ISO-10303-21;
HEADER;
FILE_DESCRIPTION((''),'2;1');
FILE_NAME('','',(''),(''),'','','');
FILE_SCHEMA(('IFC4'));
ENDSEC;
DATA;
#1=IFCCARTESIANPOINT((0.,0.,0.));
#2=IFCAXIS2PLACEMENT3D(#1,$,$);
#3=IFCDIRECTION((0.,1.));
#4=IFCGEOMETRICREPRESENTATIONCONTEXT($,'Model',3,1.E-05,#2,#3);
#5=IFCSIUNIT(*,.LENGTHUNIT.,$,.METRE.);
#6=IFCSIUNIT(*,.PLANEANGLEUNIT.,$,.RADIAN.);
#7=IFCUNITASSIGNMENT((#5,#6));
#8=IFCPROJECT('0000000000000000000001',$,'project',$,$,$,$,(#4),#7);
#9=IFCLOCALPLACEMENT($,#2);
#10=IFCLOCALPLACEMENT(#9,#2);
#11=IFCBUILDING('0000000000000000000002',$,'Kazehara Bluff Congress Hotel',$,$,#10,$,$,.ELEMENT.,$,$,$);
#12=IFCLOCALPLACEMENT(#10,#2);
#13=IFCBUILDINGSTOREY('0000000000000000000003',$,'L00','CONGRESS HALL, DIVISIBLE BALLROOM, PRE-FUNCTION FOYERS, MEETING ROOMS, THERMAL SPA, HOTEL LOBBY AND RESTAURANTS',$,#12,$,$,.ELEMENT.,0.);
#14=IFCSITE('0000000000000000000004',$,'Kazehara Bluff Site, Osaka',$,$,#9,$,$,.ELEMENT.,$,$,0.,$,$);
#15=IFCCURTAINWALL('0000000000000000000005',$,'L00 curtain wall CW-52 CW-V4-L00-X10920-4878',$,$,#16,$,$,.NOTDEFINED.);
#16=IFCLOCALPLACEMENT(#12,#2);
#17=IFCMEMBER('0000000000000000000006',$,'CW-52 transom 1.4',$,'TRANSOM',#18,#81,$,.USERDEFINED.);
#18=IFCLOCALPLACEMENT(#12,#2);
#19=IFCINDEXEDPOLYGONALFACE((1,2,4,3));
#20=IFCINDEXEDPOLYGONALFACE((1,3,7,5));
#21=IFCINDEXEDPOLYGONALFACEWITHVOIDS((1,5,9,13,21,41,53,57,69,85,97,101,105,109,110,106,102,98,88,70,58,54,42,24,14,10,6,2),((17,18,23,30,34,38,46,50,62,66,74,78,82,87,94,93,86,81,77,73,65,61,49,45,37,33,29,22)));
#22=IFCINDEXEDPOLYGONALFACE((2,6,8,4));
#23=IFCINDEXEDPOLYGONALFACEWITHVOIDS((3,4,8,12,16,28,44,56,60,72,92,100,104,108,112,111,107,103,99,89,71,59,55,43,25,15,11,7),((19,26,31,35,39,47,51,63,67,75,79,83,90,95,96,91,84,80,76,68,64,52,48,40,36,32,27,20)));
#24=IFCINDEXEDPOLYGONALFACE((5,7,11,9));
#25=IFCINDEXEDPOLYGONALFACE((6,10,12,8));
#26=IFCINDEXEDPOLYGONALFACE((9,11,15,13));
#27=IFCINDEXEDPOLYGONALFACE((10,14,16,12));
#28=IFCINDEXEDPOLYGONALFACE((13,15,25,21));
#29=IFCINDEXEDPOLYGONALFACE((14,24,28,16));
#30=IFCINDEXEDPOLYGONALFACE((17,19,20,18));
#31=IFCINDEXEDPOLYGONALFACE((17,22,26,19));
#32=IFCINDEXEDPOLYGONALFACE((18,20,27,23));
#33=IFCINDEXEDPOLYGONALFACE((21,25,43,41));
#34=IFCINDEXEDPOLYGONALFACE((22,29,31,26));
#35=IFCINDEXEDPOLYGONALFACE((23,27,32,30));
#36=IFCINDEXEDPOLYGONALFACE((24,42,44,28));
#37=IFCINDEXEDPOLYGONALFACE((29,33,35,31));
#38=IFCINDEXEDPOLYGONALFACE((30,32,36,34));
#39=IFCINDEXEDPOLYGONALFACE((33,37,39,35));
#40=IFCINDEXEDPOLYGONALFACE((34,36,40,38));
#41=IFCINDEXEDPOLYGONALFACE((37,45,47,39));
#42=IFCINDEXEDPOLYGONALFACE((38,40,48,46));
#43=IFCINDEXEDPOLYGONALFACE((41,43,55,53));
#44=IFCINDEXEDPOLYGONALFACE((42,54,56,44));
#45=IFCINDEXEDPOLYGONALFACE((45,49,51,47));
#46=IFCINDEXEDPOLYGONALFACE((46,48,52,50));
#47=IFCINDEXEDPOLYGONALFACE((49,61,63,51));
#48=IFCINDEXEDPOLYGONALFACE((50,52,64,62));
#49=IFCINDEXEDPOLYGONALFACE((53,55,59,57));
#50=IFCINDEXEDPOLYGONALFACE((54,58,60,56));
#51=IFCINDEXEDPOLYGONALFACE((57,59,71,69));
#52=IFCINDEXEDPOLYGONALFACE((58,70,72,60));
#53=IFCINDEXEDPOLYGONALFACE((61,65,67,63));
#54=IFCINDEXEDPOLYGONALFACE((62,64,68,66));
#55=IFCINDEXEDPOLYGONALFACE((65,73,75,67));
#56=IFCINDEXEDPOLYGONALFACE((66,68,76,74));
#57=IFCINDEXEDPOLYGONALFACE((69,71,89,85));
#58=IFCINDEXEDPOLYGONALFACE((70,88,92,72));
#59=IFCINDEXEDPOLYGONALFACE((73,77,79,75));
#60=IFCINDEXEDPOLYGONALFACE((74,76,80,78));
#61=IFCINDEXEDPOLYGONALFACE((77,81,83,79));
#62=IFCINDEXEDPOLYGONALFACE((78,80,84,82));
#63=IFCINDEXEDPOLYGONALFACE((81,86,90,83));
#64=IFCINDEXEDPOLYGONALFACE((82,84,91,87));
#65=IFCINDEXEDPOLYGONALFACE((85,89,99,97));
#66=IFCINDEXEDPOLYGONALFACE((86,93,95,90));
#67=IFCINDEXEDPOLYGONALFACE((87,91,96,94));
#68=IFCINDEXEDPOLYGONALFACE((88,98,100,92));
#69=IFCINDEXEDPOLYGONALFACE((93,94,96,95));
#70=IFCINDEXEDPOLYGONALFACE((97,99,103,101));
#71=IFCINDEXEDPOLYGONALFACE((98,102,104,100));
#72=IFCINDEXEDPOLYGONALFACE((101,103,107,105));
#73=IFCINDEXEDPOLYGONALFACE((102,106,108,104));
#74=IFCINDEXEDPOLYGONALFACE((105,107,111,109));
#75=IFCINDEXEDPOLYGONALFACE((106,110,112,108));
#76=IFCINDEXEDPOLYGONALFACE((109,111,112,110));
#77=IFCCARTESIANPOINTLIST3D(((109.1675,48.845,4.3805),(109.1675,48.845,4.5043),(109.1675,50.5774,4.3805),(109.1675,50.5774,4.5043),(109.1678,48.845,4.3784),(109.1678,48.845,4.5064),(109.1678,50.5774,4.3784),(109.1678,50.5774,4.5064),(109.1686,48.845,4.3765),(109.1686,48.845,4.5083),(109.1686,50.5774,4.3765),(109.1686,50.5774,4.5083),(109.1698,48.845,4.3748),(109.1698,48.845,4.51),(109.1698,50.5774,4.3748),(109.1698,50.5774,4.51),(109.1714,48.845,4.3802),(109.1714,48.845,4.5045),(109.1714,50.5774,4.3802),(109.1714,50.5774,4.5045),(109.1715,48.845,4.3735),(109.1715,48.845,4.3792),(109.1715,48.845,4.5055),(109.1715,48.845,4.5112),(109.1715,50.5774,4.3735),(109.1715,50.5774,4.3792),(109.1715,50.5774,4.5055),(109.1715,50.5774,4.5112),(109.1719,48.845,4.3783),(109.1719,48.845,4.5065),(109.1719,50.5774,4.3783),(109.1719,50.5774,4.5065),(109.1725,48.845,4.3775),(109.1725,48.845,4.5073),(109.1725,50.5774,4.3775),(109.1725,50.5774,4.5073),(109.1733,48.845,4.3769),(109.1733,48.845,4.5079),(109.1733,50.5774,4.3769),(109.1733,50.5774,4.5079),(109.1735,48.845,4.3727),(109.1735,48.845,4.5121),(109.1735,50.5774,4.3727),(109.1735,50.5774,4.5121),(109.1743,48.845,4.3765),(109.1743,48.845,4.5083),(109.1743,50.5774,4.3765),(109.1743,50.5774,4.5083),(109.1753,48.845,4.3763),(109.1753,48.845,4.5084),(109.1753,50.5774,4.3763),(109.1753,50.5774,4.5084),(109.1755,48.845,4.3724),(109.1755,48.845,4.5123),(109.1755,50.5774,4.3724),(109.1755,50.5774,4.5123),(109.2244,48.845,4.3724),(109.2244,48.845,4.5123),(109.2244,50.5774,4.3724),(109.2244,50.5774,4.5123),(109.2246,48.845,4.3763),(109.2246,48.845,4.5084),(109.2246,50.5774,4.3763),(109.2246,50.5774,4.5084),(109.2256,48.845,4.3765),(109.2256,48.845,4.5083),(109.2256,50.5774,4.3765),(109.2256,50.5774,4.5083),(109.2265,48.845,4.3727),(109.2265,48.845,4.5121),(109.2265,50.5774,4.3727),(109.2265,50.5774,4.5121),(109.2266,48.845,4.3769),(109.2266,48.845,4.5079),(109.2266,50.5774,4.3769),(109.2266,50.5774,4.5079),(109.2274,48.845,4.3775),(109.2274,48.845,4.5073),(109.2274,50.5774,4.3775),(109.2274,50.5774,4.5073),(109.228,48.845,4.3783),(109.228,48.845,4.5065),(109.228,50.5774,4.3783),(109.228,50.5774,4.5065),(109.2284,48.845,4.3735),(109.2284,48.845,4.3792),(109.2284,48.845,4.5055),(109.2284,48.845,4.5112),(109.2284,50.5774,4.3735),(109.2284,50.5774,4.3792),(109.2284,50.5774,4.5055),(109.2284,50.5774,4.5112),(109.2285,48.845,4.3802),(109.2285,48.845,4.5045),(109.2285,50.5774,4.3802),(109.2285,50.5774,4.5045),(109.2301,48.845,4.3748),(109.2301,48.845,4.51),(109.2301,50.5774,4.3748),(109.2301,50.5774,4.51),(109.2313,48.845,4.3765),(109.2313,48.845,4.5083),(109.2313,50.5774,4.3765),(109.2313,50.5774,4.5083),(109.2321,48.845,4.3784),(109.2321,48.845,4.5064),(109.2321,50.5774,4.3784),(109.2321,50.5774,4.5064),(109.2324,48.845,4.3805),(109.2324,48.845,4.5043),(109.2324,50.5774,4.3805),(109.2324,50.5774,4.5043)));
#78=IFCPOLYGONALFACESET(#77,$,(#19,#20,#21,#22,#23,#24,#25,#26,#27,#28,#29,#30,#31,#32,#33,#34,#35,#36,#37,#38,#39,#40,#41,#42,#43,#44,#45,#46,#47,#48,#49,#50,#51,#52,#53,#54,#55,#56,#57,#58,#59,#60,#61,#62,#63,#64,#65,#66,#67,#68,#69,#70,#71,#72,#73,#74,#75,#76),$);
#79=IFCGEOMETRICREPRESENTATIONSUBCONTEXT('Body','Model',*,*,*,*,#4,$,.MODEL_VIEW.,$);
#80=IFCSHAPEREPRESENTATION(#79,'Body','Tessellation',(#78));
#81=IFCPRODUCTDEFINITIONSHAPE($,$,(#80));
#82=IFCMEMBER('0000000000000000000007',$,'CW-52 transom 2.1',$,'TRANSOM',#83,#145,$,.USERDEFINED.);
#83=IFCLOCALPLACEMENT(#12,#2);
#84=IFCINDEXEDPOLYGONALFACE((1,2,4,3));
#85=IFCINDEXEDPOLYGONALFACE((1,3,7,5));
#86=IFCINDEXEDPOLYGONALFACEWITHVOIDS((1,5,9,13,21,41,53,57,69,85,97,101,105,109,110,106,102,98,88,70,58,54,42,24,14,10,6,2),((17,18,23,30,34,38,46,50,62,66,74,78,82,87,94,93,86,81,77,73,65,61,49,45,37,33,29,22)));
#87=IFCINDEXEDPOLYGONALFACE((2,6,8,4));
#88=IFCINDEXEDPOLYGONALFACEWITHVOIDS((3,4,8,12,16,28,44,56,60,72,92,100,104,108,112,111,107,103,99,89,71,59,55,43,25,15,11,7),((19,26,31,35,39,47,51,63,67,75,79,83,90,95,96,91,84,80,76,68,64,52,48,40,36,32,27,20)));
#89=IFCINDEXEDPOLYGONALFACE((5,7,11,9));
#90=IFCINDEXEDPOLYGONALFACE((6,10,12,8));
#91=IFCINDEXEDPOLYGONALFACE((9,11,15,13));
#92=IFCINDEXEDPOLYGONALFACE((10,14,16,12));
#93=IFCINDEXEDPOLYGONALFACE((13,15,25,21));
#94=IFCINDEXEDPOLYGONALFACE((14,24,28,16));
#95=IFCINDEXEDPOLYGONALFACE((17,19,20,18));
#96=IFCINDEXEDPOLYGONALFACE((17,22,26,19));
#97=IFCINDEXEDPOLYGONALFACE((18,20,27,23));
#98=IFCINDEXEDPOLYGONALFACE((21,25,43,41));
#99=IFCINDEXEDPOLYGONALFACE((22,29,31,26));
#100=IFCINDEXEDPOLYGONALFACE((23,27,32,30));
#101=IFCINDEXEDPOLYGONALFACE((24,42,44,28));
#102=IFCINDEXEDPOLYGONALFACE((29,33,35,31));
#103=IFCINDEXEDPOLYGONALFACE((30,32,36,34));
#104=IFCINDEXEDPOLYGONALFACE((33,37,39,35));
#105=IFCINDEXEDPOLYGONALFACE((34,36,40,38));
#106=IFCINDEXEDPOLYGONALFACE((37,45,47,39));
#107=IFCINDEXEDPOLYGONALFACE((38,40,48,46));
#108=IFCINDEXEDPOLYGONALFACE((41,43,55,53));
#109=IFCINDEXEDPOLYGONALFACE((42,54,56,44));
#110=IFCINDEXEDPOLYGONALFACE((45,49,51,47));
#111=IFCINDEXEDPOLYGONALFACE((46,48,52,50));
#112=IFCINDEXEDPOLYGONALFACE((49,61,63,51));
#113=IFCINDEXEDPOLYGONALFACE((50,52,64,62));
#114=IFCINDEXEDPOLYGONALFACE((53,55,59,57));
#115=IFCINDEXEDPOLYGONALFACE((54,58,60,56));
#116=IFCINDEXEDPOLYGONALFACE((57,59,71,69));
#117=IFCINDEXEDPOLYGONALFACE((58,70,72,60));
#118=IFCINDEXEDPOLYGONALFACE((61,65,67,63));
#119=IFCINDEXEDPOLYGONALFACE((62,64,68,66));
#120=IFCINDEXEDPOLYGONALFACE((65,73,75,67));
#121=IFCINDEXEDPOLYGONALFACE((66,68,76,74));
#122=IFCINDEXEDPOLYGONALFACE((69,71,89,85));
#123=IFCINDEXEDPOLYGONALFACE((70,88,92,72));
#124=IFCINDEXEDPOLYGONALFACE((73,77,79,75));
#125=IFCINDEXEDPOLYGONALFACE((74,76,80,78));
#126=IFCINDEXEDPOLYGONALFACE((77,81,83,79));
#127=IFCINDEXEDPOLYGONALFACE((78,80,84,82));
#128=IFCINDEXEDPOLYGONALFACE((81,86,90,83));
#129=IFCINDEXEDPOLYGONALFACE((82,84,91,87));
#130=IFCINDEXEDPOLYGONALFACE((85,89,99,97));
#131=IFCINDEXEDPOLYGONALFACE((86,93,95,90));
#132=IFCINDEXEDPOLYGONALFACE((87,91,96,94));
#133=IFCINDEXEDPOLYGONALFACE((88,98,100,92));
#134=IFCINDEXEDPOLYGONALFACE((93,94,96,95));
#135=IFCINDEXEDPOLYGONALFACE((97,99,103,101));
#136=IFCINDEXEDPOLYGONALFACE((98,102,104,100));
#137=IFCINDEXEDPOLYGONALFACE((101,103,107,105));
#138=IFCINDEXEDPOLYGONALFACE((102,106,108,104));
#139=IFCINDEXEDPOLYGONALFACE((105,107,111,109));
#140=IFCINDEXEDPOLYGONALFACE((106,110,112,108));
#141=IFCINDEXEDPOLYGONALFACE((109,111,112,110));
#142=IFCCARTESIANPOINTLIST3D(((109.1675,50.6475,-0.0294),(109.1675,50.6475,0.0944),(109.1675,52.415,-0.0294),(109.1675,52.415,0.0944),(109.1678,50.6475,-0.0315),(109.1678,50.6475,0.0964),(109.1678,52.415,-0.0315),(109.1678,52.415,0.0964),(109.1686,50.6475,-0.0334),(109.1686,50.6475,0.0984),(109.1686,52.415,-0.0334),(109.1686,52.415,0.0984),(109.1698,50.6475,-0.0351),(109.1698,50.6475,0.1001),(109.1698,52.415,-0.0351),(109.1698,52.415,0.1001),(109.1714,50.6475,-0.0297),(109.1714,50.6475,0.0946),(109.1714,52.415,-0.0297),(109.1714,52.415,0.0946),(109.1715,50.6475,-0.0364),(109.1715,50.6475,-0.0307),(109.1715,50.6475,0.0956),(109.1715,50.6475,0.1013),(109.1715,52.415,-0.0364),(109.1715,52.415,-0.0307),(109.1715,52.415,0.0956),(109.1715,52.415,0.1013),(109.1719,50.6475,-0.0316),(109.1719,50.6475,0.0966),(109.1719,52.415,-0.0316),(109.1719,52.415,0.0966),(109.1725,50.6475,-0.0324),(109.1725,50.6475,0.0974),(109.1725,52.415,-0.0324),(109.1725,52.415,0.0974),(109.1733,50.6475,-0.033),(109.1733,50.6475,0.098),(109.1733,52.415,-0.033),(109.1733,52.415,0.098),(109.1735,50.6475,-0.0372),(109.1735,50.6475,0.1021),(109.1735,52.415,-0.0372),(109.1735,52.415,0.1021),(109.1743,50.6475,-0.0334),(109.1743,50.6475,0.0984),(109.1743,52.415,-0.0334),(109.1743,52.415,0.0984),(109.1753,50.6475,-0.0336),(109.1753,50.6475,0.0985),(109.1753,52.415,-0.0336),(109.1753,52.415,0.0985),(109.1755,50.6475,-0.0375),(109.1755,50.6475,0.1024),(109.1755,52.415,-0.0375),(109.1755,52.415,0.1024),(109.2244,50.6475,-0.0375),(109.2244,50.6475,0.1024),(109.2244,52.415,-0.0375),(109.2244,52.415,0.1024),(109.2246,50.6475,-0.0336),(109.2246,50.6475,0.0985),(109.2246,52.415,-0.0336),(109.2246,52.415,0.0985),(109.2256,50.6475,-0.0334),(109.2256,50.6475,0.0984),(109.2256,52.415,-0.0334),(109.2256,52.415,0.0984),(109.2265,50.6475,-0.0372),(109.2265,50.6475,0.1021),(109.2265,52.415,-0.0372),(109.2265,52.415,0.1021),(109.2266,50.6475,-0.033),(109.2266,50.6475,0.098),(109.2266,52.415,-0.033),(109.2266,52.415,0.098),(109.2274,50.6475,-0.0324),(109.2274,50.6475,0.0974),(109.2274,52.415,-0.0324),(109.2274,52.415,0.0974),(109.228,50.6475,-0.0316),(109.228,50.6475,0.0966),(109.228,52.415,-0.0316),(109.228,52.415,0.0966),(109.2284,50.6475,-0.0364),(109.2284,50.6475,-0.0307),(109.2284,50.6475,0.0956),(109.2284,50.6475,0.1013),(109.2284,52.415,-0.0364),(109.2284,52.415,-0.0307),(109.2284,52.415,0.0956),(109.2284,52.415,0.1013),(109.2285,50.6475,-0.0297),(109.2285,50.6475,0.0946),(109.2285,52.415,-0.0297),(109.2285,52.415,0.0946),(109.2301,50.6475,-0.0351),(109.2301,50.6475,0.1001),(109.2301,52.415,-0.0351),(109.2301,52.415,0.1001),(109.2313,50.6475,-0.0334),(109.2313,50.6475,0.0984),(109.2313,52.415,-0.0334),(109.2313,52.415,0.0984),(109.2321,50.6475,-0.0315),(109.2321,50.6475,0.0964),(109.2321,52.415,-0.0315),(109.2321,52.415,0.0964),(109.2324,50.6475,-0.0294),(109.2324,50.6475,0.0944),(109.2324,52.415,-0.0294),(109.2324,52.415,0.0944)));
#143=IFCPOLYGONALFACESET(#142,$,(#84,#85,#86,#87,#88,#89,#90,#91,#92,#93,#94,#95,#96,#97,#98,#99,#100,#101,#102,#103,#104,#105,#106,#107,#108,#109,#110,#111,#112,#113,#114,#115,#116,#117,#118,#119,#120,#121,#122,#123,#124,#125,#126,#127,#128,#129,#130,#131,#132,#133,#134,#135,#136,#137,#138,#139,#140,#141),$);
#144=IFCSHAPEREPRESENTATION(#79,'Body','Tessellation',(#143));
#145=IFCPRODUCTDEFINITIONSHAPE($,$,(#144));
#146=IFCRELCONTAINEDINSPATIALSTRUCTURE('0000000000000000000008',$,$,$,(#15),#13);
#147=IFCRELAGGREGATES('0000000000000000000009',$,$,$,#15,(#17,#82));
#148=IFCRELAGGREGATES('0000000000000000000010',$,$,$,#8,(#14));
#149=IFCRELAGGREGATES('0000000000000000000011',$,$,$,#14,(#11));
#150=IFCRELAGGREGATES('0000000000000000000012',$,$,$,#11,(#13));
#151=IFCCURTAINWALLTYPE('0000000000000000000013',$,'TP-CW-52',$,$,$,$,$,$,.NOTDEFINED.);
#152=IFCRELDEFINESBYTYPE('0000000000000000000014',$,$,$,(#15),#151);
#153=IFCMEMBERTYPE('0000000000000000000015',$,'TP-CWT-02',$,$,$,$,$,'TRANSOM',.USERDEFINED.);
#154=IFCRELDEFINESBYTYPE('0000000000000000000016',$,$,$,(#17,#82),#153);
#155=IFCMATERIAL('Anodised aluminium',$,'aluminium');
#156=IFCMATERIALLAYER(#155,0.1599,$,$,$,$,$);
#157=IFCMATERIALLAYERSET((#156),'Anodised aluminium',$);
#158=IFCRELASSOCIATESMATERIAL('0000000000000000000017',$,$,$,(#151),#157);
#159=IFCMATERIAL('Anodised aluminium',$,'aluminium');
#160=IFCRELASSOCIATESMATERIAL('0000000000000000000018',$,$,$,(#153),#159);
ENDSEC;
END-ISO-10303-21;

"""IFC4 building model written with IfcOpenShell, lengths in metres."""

from ifc_helpers import new_model, si_unit, direction, frame, origin, origin_2d, place, context, subcontext, project, spatial, hollow_rectangle, extrude, material, layer, layer_set, material_profile, profile_set, type_object, element, aggregate, save


model = new_model("IFC4")

# Units and contexts
model_context = context("Model", 3, precision=1e-05, world=origin(), true_north=direction((0.0, 1.0)))
body_context = subcontext(model_context, "Body", "Model", "MODEL_VIEW")
ifc_project = project(units=[si_unit("LENGTHUNIT", "METRE"), si_unit("PLANEANGLEUNIT", "RADIAN")], contexts=[model_context])

# Site, building, storey
site_placement = place(None, origin())
site = spatial("IfcSite", under=ifc_project, at=site_placement, Name="Kazehara Bluff Site, Osaka", CompositionType="ELEMENT", RefElevation=0.0)
building_placement = place(site_placement, origin())
building = spatial("IfcBuilding", under=site, at=building_placement, Name="Kazehara Bluff Congress Hotel", CompositionType="ELEMENT")
storey_placement = place(building_placement, origin())
storey = spatial("IfcBuildingStorey", under=building, at=storey_placement, Name="L00", Description="CONGRESS HALL, DIVISIBLE BALLROOM, PRE-FUNCTION FOYERS, MEETING ROOMS, THERMAL SPA, HOTEL LOBBY AND RESTAURANTS", CompositionType="ELEMENT", Elevation=0.0)

# Curtain wall
ifc_material_1 = material(Name="Anodised aluminium", Category="aluminium")
ifc_layer_1 = layer(ifc_material_1, 0.1599)
ifc_layer_set_1 = layer_set([ifc_layer_1], Name="Anodised aluminium")
curtain_wall_type_1 = type_object("IfcCurtainWallType", Name="TP-CW-52", PredefinedType="NOTDEFINED", material=ifc_layer_set_1)
curtain_wall_1_placement = place(storey_placement, origin())
curtain_wall_1 = element("IfcCurtainWall", 1, at=curtain_wall_1_placement, inside=storey, type_object=curtain_wall_type_1, Name="L00 curtain wall CW-52 CW-V4-L00-X10920-4878", PredefinedType="NOTDEFINED")

# Members
ifc_material_2 = material(Name="Anodised aluminium", Category="aluminium")
ifc_material_profile_1 = material_profile(ifc_material_2, hollow_rectangle(XDim=0.0649, YDim=0.1399, WallThickness=0.0039, InnerFilletRadius=0.0039, OuterFilletRadius=0.0081, at=origin_2d()))
ifc_profile_set_1 = profile_set([ifc_material_profile_1], Name="Anodised aluminium")
member_type_1 = type_object("IfcMemberType", Name="TP-CWT-02", ElementType="TRANSOM", PredefinedType="USERDEFINED", material=ifc_profile_set_1)
member_1_placement = place(storey_placement, frame((109.2, 48.845, 4.4424), z_axis=(0.0, 1.0, 0.0), x_axis=(-1.0, 0.0, 0.0)))
member_1 = element("IfcMember", 2, at=member_1_placement, type_object=member_type_1, Name="CW-52 transom 1.4", ObjectType="TRANSOM", PredefinedType="USERDEFINED", context=body_context, shape_type="SweptSolid", body=[
    extrude(hollow_rectangle(XDim=0.0649, YDim=0.1399, WallThickness=0.0039, InnerFilletRadius=0.0039, OuterFilletRadius=0.0081, at=origin_2d()), origin(), (0.0, 0.0, 1.0), 1.7324),
])
member_2_placement = place(storey_placement, frame((109.2, 50.6475, 0.0325), z_axis=(0.0, 1.0, 0.0), x_axis=(-1.0, 0.0, 0.0)))
member_2 = element("IfcMember", 3, at=member_2_placement, type_object=member_type_1, Name="CW-52 transom 2.1", ObjectType="TRANSOM", PredefinedType="USERDEFINED", context=body_context, shape_type="SweptSolid", body=[
    extrude(hollow_rectangle(XDim=0.0649, YDim=0.1399, WallThickness=0.0039, InnerFilletRadius=0.0039, OuterFilletRadius=0.0081, at=origin_2d()), origin(), (0.0, 0.0, 1.0), 1.7676),
])

aggregate(curtain_wall_1, [member_1, member_2])

save(model, "model.ifc")
